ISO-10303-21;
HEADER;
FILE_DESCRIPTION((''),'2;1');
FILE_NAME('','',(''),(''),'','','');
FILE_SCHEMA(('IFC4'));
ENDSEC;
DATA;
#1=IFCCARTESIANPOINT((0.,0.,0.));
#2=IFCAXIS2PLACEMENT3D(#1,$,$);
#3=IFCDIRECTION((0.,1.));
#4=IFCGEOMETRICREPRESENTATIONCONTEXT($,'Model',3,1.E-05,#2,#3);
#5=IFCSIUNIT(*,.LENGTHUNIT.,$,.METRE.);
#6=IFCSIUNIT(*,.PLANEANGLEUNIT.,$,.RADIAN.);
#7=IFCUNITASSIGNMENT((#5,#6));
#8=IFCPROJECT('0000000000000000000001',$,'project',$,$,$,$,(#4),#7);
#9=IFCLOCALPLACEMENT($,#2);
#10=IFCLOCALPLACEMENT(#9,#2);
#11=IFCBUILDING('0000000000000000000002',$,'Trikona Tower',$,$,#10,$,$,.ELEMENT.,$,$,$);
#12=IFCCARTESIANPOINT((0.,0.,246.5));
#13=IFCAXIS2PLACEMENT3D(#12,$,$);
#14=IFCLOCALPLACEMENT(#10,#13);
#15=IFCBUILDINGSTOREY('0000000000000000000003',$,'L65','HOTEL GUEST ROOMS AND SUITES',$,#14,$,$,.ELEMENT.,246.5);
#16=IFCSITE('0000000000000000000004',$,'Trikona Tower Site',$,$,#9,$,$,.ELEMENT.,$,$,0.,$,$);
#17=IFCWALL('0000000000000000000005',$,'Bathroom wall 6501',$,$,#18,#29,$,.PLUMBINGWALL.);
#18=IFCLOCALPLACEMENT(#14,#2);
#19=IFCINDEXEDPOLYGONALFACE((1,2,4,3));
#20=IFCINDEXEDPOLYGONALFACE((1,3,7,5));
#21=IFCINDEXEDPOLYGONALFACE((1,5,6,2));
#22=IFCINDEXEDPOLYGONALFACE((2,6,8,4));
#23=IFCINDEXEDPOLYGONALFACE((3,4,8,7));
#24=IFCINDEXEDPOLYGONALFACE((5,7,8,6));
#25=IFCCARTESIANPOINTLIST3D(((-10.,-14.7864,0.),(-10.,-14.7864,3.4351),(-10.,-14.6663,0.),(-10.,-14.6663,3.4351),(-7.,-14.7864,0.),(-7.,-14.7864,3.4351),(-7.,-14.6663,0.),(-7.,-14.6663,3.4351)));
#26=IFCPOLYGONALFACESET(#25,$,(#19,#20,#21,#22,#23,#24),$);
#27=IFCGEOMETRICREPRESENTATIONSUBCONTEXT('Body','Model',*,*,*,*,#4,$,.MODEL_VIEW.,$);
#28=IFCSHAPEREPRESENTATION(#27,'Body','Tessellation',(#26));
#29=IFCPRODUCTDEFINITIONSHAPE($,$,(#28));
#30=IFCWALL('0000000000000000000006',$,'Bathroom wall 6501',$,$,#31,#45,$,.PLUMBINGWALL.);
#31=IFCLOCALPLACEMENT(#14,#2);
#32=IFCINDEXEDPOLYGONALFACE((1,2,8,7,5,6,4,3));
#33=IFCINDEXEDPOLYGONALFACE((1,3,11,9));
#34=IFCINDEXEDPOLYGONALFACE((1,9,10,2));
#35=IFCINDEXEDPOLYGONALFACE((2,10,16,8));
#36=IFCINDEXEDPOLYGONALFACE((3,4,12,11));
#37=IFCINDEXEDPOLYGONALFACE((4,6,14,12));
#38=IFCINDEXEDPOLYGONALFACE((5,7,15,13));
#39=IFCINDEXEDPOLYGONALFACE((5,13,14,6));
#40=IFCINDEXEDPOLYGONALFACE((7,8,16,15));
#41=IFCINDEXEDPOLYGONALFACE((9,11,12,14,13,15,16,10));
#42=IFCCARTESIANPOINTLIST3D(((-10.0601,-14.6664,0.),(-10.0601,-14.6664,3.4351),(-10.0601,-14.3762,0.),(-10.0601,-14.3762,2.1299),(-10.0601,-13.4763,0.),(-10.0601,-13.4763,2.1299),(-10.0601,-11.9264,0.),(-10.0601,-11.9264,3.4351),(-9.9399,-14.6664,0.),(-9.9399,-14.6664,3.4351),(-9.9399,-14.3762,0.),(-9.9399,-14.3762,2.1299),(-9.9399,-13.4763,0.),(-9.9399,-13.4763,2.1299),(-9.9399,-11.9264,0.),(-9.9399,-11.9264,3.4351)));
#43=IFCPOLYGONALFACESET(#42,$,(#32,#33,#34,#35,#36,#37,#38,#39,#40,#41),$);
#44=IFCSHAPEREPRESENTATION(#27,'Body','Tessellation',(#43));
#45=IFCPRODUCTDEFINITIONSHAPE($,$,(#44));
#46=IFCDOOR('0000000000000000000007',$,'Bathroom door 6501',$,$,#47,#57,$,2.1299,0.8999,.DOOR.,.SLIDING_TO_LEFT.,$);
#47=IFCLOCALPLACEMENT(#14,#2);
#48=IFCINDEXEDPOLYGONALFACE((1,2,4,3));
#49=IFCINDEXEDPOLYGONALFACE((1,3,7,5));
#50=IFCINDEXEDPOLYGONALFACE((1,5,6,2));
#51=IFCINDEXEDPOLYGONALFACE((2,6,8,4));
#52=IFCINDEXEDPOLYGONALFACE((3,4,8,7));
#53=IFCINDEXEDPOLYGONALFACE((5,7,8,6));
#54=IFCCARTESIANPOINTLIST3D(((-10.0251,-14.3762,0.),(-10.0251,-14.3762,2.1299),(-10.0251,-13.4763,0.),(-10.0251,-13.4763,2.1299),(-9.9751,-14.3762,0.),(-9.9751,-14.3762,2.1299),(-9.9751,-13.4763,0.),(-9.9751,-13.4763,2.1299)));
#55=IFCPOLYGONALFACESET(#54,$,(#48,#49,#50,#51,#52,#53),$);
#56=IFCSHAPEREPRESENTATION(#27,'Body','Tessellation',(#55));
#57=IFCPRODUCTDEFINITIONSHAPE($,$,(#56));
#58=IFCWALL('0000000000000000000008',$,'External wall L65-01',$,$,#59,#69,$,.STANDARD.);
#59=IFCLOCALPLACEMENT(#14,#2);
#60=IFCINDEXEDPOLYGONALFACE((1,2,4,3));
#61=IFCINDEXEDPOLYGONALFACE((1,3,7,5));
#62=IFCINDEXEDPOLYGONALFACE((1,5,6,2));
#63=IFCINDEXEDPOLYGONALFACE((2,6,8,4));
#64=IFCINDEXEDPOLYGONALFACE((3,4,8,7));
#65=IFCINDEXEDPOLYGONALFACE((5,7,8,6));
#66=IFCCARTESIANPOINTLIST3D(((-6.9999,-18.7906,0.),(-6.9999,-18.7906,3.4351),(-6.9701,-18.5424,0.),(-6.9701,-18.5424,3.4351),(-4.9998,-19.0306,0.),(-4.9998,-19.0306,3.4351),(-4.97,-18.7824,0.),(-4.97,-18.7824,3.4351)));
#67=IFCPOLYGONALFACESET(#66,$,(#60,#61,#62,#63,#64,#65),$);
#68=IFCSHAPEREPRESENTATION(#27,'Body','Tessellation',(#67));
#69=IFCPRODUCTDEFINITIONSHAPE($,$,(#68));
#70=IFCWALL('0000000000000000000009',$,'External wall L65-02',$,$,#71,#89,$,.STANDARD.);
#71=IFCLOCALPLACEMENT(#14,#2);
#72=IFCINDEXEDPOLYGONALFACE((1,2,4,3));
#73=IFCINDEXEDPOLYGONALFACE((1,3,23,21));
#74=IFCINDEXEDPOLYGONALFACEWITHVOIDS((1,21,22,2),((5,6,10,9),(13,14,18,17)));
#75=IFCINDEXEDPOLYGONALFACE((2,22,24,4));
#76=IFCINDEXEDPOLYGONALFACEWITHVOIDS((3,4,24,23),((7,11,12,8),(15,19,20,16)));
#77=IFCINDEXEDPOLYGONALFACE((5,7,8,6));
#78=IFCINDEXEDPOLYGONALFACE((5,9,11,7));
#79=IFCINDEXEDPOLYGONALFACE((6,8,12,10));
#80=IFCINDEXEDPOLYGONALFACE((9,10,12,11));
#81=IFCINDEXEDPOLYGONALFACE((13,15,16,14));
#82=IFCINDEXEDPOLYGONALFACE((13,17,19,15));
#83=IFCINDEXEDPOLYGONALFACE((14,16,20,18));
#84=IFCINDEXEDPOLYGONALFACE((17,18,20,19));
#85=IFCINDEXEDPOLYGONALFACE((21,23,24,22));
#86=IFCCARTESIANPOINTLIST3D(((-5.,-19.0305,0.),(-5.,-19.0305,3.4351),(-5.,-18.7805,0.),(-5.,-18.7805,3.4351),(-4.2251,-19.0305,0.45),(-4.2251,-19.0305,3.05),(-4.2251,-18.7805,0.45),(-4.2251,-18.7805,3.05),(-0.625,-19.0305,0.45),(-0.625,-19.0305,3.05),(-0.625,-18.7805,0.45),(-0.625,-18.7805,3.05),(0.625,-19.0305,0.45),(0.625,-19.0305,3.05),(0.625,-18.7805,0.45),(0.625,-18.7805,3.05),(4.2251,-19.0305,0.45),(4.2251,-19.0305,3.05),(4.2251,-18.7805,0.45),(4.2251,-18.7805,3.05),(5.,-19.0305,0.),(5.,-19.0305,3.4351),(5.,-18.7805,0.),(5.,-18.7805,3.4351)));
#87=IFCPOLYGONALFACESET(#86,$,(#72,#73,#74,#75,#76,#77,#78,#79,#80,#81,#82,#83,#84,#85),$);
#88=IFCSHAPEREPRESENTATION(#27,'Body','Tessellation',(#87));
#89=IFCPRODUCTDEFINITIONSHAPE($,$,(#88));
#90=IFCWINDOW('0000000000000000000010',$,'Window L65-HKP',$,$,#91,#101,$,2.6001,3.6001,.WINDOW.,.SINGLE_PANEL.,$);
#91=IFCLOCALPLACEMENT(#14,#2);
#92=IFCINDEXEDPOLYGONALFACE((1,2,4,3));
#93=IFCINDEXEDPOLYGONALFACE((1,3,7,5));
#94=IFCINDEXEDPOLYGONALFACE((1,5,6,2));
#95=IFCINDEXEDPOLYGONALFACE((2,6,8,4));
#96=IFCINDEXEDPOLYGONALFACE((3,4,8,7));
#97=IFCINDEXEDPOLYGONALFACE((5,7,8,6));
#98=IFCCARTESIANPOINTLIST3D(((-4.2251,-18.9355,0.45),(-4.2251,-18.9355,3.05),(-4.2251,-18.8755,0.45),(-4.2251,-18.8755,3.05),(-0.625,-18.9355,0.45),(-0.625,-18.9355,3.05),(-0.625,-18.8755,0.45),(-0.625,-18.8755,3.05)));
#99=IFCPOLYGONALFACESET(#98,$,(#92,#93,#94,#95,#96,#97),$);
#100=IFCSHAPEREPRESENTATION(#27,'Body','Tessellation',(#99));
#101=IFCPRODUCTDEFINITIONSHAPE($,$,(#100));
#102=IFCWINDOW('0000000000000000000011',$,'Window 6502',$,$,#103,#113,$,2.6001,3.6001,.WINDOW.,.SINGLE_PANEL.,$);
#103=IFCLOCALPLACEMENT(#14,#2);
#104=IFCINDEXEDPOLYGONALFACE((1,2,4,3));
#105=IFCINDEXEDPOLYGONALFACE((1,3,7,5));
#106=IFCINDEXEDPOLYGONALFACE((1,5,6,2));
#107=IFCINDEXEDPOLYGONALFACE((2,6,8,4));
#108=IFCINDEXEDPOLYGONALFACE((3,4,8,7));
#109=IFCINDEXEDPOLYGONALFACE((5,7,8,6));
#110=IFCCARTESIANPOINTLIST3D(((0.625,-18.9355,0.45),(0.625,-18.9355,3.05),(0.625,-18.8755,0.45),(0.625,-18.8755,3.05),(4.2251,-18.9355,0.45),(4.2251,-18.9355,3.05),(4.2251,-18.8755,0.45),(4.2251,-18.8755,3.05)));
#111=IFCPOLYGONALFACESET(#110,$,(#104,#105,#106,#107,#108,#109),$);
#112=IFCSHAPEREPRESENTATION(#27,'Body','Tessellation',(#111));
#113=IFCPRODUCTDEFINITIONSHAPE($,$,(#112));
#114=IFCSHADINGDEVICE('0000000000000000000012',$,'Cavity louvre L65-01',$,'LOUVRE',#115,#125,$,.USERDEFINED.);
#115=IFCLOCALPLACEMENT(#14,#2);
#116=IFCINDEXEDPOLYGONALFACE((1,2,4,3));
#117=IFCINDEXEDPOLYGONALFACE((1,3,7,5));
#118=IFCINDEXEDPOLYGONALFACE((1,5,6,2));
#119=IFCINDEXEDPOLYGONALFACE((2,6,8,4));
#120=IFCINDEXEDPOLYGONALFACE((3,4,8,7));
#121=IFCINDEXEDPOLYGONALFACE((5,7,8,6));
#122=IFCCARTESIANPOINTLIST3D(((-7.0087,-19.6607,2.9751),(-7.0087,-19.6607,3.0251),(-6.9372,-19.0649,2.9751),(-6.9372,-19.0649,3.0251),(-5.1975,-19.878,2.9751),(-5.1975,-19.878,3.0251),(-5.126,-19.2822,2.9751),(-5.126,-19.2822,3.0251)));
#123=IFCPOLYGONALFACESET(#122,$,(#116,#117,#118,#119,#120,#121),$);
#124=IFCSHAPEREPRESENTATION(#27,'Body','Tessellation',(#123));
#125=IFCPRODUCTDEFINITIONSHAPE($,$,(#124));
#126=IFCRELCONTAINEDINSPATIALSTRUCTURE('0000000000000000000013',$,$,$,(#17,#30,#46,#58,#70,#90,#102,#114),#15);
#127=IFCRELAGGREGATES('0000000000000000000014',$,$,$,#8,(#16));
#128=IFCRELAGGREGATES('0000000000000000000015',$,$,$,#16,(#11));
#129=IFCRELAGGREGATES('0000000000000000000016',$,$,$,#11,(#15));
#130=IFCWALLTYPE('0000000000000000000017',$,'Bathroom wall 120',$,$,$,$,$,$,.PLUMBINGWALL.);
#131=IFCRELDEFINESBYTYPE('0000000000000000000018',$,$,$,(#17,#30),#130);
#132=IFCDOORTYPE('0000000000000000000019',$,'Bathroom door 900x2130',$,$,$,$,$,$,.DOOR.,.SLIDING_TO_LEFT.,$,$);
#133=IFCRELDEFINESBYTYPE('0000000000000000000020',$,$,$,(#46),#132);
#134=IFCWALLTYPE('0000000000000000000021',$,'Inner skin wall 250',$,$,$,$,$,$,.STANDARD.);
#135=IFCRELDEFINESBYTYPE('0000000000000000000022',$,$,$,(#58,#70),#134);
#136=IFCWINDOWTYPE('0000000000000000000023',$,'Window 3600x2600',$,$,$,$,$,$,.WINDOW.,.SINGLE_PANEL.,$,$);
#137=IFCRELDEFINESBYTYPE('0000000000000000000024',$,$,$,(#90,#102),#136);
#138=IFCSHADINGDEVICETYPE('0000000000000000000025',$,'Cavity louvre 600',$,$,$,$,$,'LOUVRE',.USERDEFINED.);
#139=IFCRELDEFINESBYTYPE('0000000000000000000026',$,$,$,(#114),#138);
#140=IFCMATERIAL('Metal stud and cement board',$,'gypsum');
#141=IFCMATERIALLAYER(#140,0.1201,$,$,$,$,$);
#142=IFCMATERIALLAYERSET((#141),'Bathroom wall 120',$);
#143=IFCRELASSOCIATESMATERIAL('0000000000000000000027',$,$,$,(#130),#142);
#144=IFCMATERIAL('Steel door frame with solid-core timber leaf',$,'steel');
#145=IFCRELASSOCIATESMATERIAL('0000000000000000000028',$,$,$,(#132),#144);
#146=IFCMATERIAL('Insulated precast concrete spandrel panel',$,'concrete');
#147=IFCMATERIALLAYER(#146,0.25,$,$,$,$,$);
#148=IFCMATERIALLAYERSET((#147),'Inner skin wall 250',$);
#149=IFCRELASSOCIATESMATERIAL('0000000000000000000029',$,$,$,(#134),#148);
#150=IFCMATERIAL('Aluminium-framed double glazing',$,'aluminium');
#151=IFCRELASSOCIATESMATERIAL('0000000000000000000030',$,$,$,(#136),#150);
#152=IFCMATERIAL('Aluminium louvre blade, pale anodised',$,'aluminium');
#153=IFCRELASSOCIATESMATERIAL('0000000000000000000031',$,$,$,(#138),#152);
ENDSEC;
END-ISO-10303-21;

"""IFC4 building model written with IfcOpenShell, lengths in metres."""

from ifc_helpers import new_model, si_unit, direction, frame, frame_2d, origin, origin_2d, place, context, subcontext, project, spatial, rectangle, extrude, material, layer, layer_set, type_object, element, fill, save


model = new_model("IFC4")

# Units and contexts
model_context = context("Model", 3, precision=1e-05, world=origin(), true_north=direction((0.0, 1.0)))
body_context = subcontext(model_context, "Body", "Model", "MODEL_VIEW")
ifc_project = project(units=[si_unit("LENGTHUNIT", "METRE"), si_unit("PLANEANGLEUNIT", "RADIAN")], contexts=[model_context])

# Site, building, storey
site_placement = place(None, origin())
site = spatial("IfcSite", under=ifc_project, at=site_placement, Name="Trikona Tower Site", CompositionType="ELEMENT", RefElevation=0.0)
building_placement = place(site_placement, origin())
building = spatial("IfcBuilding", under=site, at=building_placement, Name="Trikona Tower", CompositionType="ELEMENT")
storey_placement = place(building_placement, frame((0.0, 0.0, 246.5)))
storey = spatial("IfcBuildingStorey", under=building, at=storey_placement, Name="L65", Description="HOTEL GUEST ROOMS AND SUITES", CompositionType="ELEMENT", Elevation=246.5)

# Wall
ifc_material_1 = material(Name="Metal stud and cement board", Category="gypsum")
ifc_layer_1 = layer(ifc_material_1, 0.1201)
ifc_layer_set_1 = layer_set([ifc_layer_1], Name="Bathroom wall 120")
wall_type_1 = type_object("IfcWallType", Name="Bathroom wall 120", PredefinedType="PLUMBINGWALL", material=ifc_layer_set_1)
wall_1_placement = place(storey_placement, frame((-10.0, -14.7263, 0.0), z_axis=(0.0, 0.0, 1.0), x_axis=(1.0, 0.0, 0.0)))
element("IfcWall", 1, at=wall_1_placement, inside=storey, type_object=wall_type_1, Name="Bathroom wall 6501", PredefinedType="PLUMBINGWALL", context=body_context, shape_type="SweptSolid", body=[
    extrude(rectangle(XDim=3.0, YDim=0.1201, at=frame_2d((1.5, 0.0))), origin(), (0.0, 0.0, 1.0), 3.4351),
])

# Wall, opening, door
wall_2_placement = place(storey_placement, frame((-10.0, -11.9263, 0.0), z_axis=(0.0, 0.0, 1.0), x_axis=(0.0, -1.0, 0.0)))
wall_2 = element("IfcWall", 2, at=wall_2_placement, inside=storey, type_object=wall_type_1, Name="Bathroom wall 6501", PredefinedType="PLUMBINGWALL", context=body_context, shape_type="SweptSolid", body=[
    extrude(rectangle(XDim=2.74, YDim=0.1201, at=frame_2d((1.3701, 0.0))), origin(), (0.0, 0.0, 1.0), 3.4351),
])
opening_1_placement = place(wall_2_placement, frame((1.55, 0.0, 0.0)))
opening_1 = element("IfcOpeningElement", 3, at=opening_1_placement, cuts=wall_2, PredefinedType="OPENING", context=body_context, shape_type="SweptSolid", body=[
    extrude(rectangle(XDim=0.8999, YDim=2.1299, at=frame_2d((0.45, 1.0649))), frame((0.0, 0.0701, 0.0), z_axis=(0.0, -1.0, 0.0), x_axis=(1.0, 0.0, 0.0)), (0.0, 0.0, 1.0), 0.1401),
])
ifc_material_2 = material(Name="Steel door frame with solid-core timber leaf", Category="steel")
door_type = type_object("IfcDoorType", Name="Bathroom door 900x2130", OperationType="SLIDING_TO_LEFT", PredefinedType="DOOR", material=ifc_material_2)
door_placement = place(opening_1_placement, origin())
door = element("IfcDoor", 4, at=door_placement, inside=storey, type_object=door_type, Name="Bathroom door 6501", OperationType="SLIDING_TO_LEFT", OverallHeight=2.1299, OverallWidth=0.8999, PredefinedType="DOOR", context=body_context, shape_type="SweptSolid", body=[
    extrude(rectangle(XDim=0.8999, YDim=2.1299, at=frame_2d((0.45, 1.0649))), frame((0.0, 0.0249, 0.0), z_axis=(0.0, -1.0, 0.0), x_axis=(1.0, 0.0, 0.0)), (0.0, 0.0, 1.0), 0.05),
])
fill(opening_1, door)

# Wall
ifc_material_3 = material(Name="Insulated precast concrete spandrel panel", Category="concrete")
ifc_layer_2 = layer(ifc_material_3, 0.25)
ifc_layer_set_2 = layer_set([ifc_layer_2], Name="Inner skin wall 250")
wall_type_2 = type_object("IfcWallType", Name="Inner skin wall 250", PredefinedType="STANDARD", material=ifc_layer_set_2)
wall_3_placement = place(storey_placement, frame((-6.9851, -18.6665, 0.0), z_axis=(0.0, 0.0, 1.0), x_axis=(0.992877, -0.11914, 0.0)))
element("IfcWall", 5, at=wall_3_placement, inside=storey, type_object=wall_type_2, Name="External wall L65-01", PredefinedType="STANDARD", context=body_context, shape_type="SweptSolid", body=[
    extrude(rectangle(XDim=2.0144, YDim=0.25, at=frame_2d((1.0073, 0.0))), origin(), (0.0, 0.0, 1.0), 3.4351),
])

# Wall, openings, windows
wall_4_placement = place(storey_placement, frame((-5.0, -18.9055, 0.0), z_axis=(0.0, 0.0, 1.0), x_axis=(1.0, 0.0, 0.0)))
wall_4 = element("IfcWall", 6, at=wall_4_placement, inside=storey, type_object=wall_type_2, Name="External wall L65-02", PredefinedType="STANDARD", context=body_context, shape_type="SweptSolid", body=[
    extrude(rectangle(XDim=10.0, YDim=0.25, at=frame_2d((5.0, 0.0))), origin(), (0.0, 0.0, 1.0), 3.4351),
])
opening_2_placement = place(wall_4_placement, frame((0.7749, 0.0, 0.45)))
opening_2 = element("IfcOpeningElement", 7, at=opening_2_placement, cuts=wall_4, PredefinedType="OPENING", context=body_context, shape_type="SweptSolid", body=[
    extrude(rectangle(XDim=3.6001, YDim=2.6001, at=frame_2d((1.8, 1.3))), frame((0.0, 0.135, 0.0), z_axis=(0.0, -1.0, 0.0), x_axis=(1.0, 0.0, 0.0)), (0.0, 0.0, 1.0), 0.27),
])
opening_3_placement = place(wall_4_placement, frame((5.625, 0.0, 0.45)))
opening_3 = element("IfcOpeningElement", 8, at=opening_3_placement, cuts=wall_4, PredefinedType="OPENING", context=body_context, shape_type="SweptSolid", body=[
    extrude(rectangle(XDim=3.6001, YDim=2.6001, at=frame_2d((1.8, 1.3))), frame((0.0, 0.135, 0.0), z_axis=(0.0, -1.0, 0.0), x_axis=(1.0, 0.0, 0.0)), (0.0, 0.0, 1.0), 0.27),
])
ifc_material_4 = material(Name="Aluminium-framed double glazing", Category="aluminium")
window_type = type_object("IfcWindowType", Name="Window 3600x2600", PartitioningType="SINGLE_PANEL", PredefinedType="WINDOW", material=ifc_material_4)
window_1_placement = place(opening_2_placement, origin())
window_1 = element("IfcWindow", 9, at=window_1_placement, inside=storey, type_object=window_type, Name="Window L65-HKP", OverallHeight=2.6001, OverallWidth=3.6001, PartitioningType="SINGLE_PANEL", PredefinedType="WINDOW", context=body_context, shape_type="SweptSolid", body=[
    extrude(rectangle(XDim=3.6001, YDim=2.6001, at=frame_2d((1.8, 1.3))), frame((0.0, 0.03, 0.0), z_axis=(0.0, -1.0, 0.0), x_axis=(1.0, 0.0, 0.0)), (0.0, 0.0, 1.0), 0.0601),
])
fill(opening_2, window_1)
window_2_placement = place(opening_3_placement, origin())
window_2 = element("IfcWindow", 10, at=window_2_placement, inside=storey, type_object=window_type, Name="Window 6502", OverallHeight=2.6001, OverallWidth=3.6001, PartitioningType="SINGLE_PANEL", PredefinedType="WINDOW", context=body_context, shape_type="SweptSolid", body=[
    extrude(rectangle(XDim=3.6001, YDim=2.6001, at=frame_2d((1.8, 1.3))), frame((0.0, 0.03, 0.0), z_axis=(0.0, -1.0, 0.0), x_axis=(1.0, 0.0, 0.0)), (0.0, 0.0, 1.0), 0.0601),
])
fill(opening_3, window_2)

# Shading device
ifc_material_5 = material(Name="Aluminium louvre blade, pale anodised", Category="aluminium")
shading_device_type = type_object("IfcShadingDeviceType", Name="Cavity louvre 600", ElementType="LOUVRE", PredefinedType="USERDEFINED", material=ifc_material_5)
shading_device_placement = place(storey_placement, frame((-6.0674, -19.4714, 2.9751), z_axis=(0.0, 0.0, 1.0), x_axis=(0.992877, -0.119146, 0.0)))
element("IfcShadingDevice", 11, at=shading_device_placement, inside=storey, type_object=shading_device_type, Name="Cavity louvre L65-01", ObjectType="LOUVRE", PredefinedType="USERDEFINED", context=body_context, shape_type="SweptSolid", body=[
    extrude(rectangle(XDim=1.8242, YDim=0.6001, at=origin_2d()), origin(), (0.0, 0.0, 1.0), 0.05),
])

save(model, "model.ifc")
